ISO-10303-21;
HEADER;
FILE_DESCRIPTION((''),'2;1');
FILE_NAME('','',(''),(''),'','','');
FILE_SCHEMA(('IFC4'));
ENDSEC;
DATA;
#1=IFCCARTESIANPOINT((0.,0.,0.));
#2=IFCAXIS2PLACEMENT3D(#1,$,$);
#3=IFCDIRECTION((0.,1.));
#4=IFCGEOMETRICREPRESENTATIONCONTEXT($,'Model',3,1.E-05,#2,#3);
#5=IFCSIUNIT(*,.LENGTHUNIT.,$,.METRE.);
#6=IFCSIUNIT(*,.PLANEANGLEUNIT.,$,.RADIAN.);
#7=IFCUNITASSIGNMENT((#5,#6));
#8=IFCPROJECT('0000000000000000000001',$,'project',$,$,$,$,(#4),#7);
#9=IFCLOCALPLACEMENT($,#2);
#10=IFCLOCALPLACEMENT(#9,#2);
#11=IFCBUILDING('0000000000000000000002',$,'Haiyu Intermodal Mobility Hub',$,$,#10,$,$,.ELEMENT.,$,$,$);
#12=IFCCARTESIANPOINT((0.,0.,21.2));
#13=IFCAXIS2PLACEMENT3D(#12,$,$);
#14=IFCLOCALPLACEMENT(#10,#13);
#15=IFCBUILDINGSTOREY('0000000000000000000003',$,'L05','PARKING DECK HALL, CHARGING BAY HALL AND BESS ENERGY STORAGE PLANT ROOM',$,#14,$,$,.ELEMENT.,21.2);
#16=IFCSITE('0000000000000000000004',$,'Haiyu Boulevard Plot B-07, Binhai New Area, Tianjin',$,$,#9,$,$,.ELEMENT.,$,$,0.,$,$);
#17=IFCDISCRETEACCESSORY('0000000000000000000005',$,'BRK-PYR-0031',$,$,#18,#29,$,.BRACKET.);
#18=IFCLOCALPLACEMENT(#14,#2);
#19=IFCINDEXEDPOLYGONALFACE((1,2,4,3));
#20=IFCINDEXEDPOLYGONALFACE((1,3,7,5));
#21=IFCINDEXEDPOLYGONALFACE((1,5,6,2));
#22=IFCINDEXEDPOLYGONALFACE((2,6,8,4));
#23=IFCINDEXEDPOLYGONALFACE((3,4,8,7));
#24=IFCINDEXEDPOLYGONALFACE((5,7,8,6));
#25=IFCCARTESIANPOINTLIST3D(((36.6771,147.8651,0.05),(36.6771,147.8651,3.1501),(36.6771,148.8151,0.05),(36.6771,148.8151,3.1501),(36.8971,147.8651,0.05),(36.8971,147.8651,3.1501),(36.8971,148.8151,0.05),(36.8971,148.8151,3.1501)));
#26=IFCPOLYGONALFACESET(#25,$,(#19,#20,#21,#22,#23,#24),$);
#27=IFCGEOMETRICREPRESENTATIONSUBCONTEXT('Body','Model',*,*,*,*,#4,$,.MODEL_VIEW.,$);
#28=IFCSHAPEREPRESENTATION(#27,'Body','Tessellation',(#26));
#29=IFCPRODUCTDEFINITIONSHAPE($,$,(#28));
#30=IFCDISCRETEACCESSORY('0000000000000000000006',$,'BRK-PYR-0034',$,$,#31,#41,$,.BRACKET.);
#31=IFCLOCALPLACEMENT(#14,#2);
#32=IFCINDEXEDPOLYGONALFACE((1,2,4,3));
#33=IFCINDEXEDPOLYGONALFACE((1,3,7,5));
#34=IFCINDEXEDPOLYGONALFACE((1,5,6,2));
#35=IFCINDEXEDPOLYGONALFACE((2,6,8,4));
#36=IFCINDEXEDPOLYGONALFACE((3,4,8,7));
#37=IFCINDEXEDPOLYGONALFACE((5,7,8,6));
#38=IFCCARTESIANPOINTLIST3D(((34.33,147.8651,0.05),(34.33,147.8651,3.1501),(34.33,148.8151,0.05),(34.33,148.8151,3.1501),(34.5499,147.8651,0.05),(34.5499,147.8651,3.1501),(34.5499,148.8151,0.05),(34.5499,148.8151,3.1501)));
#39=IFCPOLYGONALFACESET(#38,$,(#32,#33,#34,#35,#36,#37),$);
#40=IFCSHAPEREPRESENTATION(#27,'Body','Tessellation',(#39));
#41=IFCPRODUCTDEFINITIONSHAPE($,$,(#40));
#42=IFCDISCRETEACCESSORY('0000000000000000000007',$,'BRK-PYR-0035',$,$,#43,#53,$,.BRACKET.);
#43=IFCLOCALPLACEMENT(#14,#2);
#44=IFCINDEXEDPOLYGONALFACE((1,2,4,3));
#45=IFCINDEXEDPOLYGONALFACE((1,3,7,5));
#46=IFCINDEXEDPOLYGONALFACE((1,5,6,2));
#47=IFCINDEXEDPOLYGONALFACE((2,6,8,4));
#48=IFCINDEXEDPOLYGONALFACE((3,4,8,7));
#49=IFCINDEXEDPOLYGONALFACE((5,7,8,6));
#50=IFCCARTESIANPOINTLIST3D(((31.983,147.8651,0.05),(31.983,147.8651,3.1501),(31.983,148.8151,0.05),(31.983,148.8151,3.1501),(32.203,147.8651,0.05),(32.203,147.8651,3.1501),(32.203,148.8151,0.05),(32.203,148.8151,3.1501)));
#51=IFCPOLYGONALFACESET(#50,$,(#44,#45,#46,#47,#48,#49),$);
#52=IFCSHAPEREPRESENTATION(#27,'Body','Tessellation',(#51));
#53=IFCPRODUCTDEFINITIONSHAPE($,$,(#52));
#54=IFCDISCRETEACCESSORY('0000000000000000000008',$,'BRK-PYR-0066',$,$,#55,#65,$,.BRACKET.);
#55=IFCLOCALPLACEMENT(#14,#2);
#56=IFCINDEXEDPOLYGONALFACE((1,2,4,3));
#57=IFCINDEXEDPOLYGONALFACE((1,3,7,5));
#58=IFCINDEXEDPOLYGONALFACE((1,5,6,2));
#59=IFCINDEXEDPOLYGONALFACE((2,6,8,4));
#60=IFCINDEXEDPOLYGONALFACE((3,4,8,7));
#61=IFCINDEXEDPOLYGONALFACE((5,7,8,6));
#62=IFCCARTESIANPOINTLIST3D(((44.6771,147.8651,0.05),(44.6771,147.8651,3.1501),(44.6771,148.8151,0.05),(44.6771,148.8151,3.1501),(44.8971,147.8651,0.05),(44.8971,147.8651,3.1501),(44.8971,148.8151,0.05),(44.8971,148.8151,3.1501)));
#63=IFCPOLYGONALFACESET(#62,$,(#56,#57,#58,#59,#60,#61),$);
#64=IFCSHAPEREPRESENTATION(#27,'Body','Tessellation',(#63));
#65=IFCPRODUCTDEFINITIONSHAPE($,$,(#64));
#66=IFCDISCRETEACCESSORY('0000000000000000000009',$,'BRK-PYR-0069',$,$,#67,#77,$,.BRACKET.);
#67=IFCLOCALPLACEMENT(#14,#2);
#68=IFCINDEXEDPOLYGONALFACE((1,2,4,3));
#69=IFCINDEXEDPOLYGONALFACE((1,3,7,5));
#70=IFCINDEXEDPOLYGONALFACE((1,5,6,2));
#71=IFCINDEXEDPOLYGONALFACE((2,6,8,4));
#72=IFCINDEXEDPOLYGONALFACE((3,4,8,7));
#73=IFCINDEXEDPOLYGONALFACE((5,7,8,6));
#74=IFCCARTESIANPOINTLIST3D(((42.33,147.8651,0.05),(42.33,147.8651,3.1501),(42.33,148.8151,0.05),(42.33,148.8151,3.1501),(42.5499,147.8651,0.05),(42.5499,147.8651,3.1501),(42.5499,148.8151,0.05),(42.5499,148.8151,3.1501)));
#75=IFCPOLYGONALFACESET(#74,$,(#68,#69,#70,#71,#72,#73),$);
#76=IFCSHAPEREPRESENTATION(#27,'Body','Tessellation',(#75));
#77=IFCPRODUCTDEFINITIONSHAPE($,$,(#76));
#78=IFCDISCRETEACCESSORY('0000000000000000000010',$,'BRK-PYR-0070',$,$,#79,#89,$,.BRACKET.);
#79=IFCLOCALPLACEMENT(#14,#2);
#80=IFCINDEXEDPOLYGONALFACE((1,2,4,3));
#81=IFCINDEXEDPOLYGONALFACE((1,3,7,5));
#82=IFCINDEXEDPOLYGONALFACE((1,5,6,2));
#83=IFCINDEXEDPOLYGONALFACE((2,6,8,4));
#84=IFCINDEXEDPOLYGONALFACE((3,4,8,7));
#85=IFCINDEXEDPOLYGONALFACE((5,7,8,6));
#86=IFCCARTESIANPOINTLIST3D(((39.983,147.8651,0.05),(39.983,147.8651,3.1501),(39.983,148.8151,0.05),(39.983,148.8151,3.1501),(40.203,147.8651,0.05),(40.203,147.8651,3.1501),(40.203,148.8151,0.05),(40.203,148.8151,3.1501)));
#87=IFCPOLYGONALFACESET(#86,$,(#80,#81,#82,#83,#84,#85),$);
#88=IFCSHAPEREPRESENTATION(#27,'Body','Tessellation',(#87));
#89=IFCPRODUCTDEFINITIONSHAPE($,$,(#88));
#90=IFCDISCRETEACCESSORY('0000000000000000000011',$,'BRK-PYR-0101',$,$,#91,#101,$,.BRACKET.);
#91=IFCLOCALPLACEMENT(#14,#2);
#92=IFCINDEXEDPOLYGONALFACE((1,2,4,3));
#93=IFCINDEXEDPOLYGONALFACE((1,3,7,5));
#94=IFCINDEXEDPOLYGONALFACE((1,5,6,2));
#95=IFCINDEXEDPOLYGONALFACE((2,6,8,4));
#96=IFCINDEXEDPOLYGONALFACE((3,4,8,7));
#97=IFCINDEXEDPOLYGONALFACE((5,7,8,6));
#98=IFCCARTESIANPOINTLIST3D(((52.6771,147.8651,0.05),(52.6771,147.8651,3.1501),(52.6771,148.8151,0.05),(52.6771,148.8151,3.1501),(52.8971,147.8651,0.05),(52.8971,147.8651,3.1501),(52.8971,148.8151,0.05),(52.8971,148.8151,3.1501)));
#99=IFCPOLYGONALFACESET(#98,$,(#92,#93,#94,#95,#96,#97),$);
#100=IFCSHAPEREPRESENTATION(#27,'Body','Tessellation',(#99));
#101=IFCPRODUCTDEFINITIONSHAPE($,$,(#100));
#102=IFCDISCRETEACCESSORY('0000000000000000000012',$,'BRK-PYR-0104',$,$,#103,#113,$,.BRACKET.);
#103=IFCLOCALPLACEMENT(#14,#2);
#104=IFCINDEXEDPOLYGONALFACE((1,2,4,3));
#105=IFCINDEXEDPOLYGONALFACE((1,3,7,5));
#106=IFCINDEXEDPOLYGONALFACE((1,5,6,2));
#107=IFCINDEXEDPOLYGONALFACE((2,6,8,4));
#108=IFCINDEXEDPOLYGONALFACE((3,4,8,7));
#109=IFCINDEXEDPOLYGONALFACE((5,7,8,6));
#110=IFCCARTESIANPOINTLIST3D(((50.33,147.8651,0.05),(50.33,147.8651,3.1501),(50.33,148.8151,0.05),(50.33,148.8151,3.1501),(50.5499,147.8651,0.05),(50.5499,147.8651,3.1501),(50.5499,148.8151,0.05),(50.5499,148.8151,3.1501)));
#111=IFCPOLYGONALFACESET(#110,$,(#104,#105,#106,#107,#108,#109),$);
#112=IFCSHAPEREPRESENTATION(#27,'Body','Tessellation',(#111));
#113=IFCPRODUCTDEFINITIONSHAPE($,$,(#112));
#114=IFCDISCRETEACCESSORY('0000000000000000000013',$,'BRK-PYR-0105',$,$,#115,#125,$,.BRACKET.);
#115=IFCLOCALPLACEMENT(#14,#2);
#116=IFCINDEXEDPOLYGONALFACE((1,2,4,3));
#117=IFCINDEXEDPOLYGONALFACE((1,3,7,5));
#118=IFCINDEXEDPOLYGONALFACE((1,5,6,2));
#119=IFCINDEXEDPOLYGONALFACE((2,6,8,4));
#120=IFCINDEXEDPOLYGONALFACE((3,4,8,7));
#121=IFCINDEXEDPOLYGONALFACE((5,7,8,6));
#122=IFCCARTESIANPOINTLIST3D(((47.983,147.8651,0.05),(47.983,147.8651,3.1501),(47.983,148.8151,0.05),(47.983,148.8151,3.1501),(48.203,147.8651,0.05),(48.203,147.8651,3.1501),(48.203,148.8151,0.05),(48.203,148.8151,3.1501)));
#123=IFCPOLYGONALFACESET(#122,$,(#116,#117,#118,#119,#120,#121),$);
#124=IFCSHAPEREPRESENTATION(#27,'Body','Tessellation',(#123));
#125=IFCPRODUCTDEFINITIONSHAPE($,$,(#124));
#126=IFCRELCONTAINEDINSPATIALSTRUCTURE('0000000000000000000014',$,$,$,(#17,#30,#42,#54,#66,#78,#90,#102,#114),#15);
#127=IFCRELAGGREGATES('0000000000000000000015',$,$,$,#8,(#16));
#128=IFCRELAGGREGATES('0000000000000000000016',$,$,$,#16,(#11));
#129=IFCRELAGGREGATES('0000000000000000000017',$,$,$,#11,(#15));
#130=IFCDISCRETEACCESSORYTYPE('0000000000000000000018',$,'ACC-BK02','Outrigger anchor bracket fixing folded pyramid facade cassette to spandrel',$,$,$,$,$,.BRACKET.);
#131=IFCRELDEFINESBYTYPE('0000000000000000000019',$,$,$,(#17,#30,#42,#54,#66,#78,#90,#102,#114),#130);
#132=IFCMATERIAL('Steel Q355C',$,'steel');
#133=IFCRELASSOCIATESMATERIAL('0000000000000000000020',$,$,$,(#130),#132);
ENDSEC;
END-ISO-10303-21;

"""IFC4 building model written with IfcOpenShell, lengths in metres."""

from ifc_helpers import new_model, si_unit, direction, frame, origin, origin_2d, place, context, subcontext, project, spatial, rectangle, extrude, material, type_object, element, save


model = new_model("IFC4")

# Units and contexts
model_context = context("Model", 3, precision=1e-05, world=origin(), true_north=direction((0.0, 1.0)))
body_context = subcontext(model_context, "Body", "Model", "MODEL_VIEW")
ifc_project = project(units=[si_unit("LENGTHUNIT", "METRE"), si_unit("PLANEANGLEUNIT", "RADIAN")], contexts=[model_context])

# Site, building, storey
site_placement = place(None, origin())
site = spatial("IfcSite", under=ifc_project, at=site_placement, Name="Haiyu Boulevard Plot B-07, Binhai New Area, Tianjin", CompositionType="ELEMENT", RefElevation=0.0)
building_placement = place(site_placement, origin())
building = spatial("IfcBuilding", under=site, at=building_placement, Name="Haiyu Intermodal Mobility Hub", CompositionType="ELEMENT")
storey_placement = place(building_placement, frame((0.0, 0.0, 21.2)))
storey = spatial("IfcBuildingStorey", under=building, at=storey_placement, Name="L05", Description="PARKING DECK HALL, CHARGING BAY HALL AND BESS ENERGY STORAGE PLANT ROOM", CompositionType="ELEMENT", Elevation=21.2)

# Shared definitions
ifc_material_1 = material(Name="Steel Q355C", Category="steel")

# Discrete accessories
discrete_accessory_type = type_object("IfcDiscreteAccessoryType", Name="ACC-BK02", Description="Outrigger anchor bracket fixing folded pyramid facade cassette to spandrel", PredefinedType="BRACKET", material=ifc_material_1)
for number, where, z_axis, x_axis, name in (
    (1, (36.7871, 148.3401, 0.05), (0.0, 0.0, 1.0), (1.0, 0.0, 0.0), "BRK-PYR-0031"),
    (2, (34.4399, 148.3401, 0.05), (0.0, 0.0, 1.0), (1.0, 0.0, 0.0), "BRK-PYR-0034"),
    (3, (32.093, 148.3401, 0.05), (0.0, 0.0, 1.0), (1.0, 0.0, 0.0), "BRK-PYR-0035"),
    (4, (44.7871, 148.3401, 0.05), (0.0, 0.0, 1.0), (1.0, 0.0, 0.0), "BRK-PYR-0066"),
    (5, (42.4399, 148.3401, 0.05), (0.0, 0.0, 1.0), (1.0, 0.0, 0.0), "BRK-PYR-0069"),
    (6, (40.093, 148.3401, 0.05), (0.0, 0.0, 1.0), (1.0, 0.0, 0.0), "BRK-PYR-0070"),
    (7, (52.7871, 148.3401, 0.05), (0.0, 0.0, 1.0), (1.0, 0.0, 0.0), "BRK-PYR-0101"),
    (8, (50.4399, 148.3401, 0.05), (0.0, 0.0, 1.0), (1.0, 0.0, 0.0), "BRK-PYR-0104"),
    (9, (48.093, 148.3401, 0.05), (0.0, 0.0, 1.0), (1.0, 0.0, 0.0), "BRK-PYR-0105"),
):
    element("IfcDiscreteAccessory", number, at=place(storey_placement, frame(where, z_axis=z_axis, x_axis=x_axis)), inside=storey, type_object=discrete_accessory_type, Name=name, PredefinedType="BRACKET", context=body_context, shape_type="SweptSolid", body=[
        extrude(rectangle(XDim=0.22, YDim=0.95, at=origin_2d()), origin(), (0.0, 0.0, 1.0), 3.1001),
    ])

save(model, "model.ifc")
